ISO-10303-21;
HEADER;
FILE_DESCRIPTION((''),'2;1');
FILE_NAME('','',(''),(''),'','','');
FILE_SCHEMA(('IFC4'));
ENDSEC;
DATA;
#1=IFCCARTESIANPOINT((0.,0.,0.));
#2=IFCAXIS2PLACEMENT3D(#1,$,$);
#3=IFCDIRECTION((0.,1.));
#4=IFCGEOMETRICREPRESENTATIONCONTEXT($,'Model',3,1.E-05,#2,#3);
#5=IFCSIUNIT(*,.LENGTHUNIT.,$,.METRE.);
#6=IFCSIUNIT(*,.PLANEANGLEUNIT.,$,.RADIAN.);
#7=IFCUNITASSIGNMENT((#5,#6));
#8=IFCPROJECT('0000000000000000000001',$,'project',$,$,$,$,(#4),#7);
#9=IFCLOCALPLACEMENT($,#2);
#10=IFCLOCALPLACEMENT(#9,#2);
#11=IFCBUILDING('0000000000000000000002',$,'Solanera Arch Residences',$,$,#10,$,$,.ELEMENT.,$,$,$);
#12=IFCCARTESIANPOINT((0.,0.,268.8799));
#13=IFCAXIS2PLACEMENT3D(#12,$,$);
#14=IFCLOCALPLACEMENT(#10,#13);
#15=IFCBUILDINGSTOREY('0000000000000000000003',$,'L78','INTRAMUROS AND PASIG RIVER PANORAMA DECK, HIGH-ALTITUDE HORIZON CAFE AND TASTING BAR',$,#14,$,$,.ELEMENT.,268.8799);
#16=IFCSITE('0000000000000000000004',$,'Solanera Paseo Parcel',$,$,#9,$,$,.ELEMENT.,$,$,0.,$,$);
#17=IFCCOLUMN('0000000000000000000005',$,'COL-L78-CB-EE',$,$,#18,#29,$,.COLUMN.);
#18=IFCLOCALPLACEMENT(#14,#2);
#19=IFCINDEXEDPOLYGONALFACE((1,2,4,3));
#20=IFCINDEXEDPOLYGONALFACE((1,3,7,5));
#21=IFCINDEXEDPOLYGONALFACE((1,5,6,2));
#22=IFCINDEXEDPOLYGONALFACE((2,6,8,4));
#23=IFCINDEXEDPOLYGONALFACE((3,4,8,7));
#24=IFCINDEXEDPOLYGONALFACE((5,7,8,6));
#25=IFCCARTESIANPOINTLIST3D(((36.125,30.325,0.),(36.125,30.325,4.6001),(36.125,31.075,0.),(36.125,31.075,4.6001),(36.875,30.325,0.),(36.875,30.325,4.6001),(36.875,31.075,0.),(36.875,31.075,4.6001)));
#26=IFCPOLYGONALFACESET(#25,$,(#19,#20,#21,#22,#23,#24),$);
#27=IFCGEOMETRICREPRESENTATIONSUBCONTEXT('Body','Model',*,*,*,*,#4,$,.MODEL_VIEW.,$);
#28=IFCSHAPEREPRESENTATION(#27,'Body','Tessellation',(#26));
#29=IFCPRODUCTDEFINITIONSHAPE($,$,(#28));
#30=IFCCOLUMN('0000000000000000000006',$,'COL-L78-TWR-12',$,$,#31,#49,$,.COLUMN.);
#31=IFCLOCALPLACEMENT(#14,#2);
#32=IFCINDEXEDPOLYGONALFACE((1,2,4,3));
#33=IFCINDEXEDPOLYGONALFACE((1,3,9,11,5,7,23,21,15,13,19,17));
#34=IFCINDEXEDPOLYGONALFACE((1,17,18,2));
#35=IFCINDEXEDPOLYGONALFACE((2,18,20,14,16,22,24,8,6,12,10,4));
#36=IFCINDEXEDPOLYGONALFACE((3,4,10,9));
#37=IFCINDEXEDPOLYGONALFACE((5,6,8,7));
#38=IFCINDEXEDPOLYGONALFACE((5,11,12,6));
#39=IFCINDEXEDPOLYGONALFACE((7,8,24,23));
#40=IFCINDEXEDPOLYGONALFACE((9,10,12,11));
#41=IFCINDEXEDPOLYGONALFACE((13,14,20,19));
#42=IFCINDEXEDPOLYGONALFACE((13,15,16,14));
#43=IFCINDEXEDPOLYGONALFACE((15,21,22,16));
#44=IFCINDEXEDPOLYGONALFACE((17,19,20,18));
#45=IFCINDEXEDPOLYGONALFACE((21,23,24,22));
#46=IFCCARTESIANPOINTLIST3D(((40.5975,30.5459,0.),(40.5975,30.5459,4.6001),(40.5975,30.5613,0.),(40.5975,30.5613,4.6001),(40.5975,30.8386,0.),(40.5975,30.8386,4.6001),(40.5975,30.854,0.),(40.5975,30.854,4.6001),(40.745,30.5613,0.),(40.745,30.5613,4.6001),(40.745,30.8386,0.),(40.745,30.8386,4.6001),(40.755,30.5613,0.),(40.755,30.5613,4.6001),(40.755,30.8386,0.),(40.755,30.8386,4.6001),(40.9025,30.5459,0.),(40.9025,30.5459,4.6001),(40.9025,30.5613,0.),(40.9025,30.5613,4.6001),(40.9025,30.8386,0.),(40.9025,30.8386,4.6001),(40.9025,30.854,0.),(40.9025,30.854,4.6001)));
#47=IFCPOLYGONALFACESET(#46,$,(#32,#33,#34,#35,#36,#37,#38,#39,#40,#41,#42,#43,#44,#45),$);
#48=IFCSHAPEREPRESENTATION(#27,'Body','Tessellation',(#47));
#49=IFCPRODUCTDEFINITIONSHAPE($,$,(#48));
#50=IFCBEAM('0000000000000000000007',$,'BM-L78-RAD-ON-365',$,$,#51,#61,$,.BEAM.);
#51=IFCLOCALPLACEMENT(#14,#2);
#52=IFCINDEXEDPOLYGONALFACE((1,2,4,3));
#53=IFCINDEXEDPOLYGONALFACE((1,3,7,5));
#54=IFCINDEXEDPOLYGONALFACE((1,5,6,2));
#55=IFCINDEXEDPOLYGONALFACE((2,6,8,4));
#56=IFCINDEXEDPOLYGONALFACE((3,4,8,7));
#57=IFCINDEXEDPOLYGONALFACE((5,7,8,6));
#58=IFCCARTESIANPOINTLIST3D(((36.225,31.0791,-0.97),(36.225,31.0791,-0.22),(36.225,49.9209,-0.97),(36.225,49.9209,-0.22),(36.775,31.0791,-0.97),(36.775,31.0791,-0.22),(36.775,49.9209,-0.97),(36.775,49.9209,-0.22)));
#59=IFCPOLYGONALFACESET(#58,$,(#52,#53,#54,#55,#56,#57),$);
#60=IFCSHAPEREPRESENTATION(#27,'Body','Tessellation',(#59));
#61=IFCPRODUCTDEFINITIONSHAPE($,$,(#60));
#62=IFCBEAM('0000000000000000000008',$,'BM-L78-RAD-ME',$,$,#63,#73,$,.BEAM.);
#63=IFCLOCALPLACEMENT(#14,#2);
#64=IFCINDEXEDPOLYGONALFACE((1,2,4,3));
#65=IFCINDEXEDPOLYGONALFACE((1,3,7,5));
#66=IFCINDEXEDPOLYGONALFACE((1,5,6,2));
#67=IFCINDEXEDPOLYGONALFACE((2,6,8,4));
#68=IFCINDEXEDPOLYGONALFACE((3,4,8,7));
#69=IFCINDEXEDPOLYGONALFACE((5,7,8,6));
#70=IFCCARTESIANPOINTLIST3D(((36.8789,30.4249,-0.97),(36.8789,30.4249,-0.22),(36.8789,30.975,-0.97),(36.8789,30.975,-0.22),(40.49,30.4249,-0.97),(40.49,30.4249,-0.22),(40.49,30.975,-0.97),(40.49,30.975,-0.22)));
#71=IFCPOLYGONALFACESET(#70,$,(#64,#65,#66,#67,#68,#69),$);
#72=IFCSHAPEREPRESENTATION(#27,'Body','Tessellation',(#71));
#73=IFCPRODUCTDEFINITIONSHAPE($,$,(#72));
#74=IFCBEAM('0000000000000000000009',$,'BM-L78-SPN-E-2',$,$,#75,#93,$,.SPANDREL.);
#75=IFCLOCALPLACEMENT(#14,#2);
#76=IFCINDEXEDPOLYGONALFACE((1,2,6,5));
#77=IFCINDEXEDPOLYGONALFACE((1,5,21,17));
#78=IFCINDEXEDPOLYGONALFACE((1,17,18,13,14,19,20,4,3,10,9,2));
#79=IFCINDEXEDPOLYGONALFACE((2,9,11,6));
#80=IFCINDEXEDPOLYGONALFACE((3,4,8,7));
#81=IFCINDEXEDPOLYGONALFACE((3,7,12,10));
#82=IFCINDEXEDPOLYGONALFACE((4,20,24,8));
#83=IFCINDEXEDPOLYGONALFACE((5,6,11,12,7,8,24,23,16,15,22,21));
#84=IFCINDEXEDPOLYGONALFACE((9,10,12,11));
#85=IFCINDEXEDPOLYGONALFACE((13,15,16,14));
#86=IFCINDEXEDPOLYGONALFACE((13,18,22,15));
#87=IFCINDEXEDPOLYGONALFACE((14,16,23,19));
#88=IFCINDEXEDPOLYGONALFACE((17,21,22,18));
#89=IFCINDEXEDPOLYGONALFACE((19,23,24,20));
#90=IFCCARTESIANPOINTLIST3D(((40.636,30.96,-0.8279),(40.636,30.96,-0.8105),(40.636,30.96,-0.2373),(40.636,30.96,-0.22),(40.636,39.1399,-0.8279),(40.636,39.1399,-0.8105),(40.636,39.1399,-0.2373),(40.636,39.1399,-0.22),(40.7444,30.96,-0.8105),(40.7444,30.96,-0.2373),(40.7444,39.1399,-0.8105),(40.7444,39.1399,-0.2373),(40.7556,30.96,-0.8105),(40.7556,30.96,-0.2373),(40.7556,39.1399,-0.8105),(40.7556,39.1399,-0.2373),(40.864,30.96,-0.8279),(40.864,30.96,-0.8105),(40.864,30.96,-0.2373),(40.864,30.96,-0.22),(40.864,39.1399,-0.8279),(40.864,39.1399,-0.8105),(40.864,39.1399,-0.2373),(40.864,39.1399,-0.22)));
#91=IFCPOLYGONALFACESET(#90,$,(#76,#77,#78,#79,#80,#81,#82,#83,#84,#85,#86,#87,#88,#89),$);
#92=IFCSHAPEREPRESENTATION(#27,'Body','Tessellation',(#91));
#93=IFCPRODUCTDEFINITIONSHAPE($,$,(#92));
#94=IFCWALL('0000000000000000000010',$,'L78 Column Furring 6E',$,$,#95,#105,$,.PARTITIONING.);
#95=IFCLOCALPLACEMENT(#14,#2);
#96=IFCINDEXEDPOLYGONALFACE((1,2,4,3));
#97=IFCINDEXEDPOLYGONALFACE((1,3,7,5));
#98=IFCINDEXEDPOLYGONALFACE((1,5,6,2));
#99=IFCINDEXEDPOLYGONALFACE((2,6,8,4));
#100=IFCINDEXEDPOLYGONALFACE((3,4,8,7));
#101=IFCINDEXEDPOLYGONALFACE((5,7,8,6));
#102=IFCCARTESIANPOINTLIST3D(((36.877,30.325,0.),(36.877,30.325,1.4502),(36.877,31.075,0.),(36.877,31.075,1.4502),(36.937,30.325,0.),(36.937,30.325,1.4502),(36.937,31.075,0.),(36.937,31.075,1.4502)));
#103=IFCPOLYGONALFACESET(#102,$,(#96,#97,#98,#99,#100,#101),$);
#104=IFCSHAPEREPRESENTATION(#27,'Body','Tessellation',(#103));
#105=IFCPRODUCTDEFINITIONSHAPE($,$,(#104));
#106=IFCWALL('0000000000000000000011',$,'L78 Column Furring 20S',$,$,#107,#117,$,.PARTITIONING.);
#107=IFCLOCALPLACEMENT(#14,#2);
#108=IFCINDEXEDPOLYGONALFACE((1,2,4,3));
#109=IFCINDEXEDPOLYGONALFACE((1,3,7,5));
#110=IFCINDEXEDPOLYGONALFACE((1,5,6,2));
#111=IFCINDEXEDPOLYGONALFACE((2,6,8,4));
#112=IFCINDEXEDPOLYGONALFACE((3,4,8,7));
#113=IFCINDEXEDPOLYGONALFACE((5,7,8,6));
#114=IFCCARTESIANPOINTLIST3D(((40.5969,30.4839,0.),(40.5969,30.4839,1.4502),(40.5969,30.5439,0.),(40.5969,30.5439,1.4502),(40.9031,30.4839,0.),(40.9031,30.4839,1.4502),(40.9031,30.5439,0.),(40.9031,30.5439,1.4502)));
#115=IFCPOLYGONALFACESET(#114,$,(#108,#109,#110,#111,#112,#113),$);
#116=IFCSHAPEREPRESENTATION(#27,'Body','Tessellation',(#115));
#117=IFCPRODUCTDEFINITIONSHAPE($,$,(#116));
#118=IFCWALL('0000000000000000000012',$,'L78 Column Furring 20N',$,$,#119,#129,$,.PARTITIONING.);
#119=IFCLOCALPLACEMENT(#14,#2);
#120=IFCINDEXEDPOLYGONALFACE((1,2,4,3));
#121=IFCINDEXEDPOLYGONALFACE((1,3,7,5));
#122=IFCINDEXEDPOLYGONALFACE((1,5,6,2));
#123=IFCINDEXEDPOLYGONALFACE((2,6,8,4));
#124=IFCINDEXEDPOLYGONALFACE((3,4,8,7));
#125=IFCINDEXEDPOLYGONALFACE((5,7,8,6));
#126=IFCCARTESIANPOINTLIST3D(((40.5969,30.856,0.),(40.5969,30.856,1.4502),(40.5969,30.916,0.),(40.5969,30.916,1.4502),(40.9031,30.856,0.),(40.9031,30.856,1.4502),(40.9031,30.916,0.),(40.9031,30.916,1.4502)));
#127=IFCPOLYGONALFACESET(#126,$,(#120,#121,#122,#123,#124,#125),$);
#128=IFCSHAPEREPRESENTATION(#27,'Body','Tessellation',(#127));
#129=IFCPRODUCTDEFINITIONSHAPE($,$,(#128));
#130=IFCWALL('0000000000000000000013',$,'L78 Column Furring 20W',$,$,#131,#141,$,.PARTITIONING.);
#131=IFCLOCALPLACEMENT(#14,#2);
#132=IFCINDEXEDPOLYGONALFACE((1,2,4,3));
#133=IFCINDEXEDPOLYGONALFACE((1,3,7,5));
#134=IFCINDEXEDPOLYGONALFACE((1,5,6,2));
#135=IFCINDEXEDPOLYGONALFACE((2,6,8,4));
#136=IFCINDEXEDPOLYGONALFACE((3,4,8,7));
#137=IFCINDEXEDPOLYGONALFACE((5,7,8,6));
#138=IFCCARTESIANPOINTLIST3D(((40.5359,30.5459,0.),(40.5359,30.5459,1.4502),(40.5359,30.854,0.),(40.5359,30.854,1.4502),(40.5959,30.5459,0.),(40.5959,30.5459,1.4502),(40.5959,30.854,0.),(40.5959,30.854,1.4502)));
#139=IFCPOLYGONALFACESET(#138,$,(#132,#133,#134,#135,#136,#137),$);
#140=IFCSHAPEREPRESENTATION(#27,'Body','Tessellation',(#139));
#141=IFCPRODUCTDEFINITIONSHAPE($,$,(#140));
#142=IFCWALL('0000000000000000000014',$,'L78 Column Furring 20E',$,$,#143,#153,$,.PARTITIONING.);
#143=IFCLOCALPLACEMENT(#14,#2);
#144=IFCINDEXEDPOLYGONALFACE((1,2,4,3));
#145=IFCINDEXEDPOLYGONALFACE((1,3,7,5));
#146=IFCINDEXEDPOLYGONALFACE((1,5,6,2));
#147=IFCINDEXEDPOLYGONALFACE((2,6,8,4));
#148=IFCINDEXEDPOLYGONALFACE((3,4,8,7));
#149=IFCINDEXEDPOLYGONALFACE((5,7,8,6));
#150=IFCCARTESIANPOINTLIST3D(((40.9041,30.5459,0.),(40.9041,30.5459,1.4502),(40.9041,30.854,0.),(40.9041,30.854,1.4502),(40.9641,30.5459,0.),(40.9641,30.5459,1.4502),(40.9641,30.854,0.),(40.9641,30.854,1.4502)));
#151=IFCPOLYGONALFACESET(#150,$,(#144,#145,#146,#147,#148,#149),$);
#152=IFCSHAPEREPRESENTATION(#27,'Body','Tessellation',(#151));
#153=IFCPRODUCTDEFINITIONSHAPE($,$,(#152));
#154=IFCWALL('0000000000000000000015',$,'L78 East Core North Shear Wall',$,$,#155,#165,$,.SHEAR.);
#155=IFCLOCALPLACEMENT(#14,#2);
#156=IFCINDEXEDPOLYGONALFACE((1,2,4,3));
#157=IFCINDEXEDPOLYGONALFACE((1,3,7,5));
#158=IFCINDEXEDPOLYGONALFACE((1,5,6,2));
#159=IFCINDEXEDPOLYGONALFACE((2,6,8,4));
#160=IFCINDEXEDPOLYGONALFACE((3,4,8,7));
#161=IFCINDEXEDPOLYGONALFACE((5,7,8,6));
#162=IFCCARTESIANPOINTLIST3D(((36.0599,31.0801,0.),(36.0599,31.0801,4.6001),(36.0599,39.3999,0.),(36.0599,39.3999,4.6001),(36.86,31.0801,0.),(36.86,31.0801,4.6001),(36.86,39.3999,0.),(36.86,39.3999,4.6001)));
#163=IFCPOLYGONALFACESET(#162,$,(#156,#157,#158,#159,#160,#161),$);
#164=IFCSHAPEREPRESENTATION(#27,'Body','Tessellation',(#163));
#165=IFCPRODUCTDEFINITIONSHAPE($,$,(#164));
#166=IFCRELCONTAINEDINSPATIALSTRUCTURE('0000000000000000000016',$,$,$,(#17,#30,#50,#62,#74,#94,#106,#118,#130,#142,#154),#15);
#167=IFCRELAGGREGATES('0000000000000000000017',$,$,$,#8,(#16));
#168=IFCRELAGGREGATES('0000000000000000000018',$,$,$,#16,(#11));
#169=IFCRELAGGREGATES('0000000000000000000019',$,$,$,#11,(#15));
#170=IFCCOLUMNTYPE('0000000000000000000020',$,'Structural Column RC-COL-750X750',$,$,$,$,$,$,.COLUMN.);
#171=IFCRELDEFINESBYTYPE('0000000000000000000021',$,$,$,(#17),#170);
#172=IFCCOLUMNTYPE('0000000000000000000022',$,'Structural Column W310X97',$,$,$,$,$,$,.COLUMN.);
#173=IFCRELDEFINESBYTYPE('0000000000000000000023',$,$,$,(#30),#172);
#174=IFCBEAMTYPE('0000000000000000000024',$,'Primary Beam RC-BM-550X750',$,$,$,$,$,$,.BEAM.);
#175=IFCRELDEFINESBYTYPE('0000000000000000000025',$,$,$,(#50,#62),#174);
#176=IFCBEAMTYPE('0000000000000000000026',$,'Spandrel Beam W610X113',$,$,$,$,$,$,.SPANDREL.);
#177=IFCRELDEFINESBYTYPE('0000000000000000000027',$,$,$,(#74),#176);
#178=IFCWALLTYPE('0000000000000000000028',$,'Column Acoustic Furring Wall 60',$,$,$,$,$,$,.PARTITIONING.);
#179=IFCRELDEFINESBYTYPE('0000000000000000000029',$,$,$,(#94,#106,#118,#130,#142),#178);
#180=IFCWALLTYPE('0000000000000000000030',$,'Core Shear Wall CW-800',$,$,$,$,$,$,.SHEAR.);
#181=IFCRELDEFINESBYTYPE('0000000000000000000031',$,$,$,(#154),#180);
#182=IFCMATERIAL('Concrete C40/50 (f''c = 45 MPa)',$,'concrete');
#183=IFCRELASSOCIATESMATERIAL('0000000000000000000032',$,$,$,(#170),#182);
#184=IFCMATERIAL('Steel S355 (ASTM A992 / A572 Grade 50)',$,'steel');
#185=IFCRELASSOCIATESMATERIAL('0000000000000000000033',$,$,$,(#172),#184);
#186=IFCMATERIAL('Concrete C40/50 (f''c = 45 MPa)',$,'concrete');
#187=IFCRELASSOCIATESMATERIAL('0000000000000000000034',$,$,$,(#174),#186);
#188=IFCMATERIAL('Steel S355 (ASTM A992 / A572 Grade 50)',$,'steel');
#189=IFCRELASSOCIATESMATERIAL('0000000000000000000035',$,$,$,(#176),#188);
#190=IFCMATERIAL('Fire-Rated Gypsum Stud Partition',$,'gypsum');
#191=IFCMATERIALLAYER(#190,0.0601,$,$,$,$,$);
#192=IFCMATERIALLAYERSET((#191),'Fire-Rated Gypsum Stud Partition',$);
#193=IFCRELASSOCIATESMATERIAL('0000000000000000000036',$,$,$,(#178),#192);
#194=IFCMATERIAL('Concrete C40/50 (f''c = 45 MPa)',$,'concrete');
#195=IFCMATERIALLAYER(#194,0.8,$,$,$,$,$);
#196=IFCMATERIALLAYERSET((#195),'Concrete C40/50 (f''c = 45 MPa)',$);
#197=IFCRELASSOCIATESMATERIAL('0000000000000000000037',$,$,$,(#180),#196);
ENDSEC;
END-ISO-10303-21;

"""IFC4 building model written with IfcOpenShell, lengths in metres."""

from ifc_helpers import new_model, si_unit, direction, frame, frame_2d, origin, origin_2d, place, context, subcontext, project, spatial, rectangle, i_section, extrude, material, layer, layer_set, material_profile, profile_set, type_object, element, save


model = new_model("IFC4")

# Units and contexts
model_context = context("Model", 3, precision=1e-05, world=origin(), true_north=direction((0.0, 1.0)))
body_context = subcontext(model_context, "Body", "Model", "MODEL_VIEW")
ifc_project = project(units=[si_unit("LENGTHUNIT", "METRE"), si_unit("PLANEANGLEUNIT", "RADIAN")], contexts=[model_context])

# Site, building, storey
site_placement = place(None, origin())
site = spatial("IfcSite", under=ifc_project, at=site_placement, Name="Solanera Paseo Parcel", CompositionType="ELEMENT", RefElevation=0.0)
building_placement = place(site_placement, origin())
building = spatial("IfcBuilding", under=site, at=building_placement, Name="Solanera Arch Residences", CompositionType="ELEMENT")
storey_placement = place(building_placement, frame((0.0, 0.0, 268.8799)))
storey = spatial("IfcBuildingStorey", under=building, at=storey_placement, Name="L78", Description="INTRAMUROS AND PASIG RIVER PANORAMA DECK, HIGH-ALTITUDE HORIZON CAFE AND TASTING BAR", CompositionType="ELEMENT", Elevation=268.8799)

# Columns
ifc_material_1 = material(Name="Concrete C40/50 (f'c = 45 MPa)", Category="concrete")
ifc_material_profile_1 = material_profile(ifc_material_1, rectangle(XDim=0.75, YDim=0.75, at=origin_2d()))
ifc_profile_set_1 = profile_set([ifc_material_profile_1], Name="Concrete C40/50 (f'c = 45 MPa)")
column_type_1 = type_object("IfcColumnType", Name="Structural Column RC-COL-750X750", PredefinedType="COLUMN", material=ifc_profile_set_1)
column_1_placement = place(storey_placement, frame((36.5, 30.7, 0.0), z_axis=(0.0, 0.0, 1.0), x_axis=(1.0, 0.0, 0.0)))
element("IfcColumn", 1, at=column_1_placement, inside=storey, type_object=column_type_1, Name="COL-L78-CB-EE", PredefinedType="COLUMN", context=body_context, shape_type="SweptSolid", body=[
    extrude(rectangle(XDim=0.75, YDim=0.75, at=origin_2d()), origin(), (0.0, 0.0, 1.0), 4.6001),
])
ifc_material_2 = material(Name="Steel S355 (ASTM A992 / A572 Grade 50)", Category="steel")
ifc_material_profile_2 = material_profile(ifc_material_2, i_section(OverallWidth=0.3049, OverallDepth=0.3081, WebThickness=0.01, FlangeThickness=0.0154, at=origin_2d()))
ifc_profile_set_2 = profile_set([ifc_material_profile_2], Name="Steel S355 (ASTM A992 / A572 Grade 50)")
column_type_2 = type_object("IfcColumnType", Name="Structural Column W310X97", PredefinedType="COLUMN", material=ifc_profile_set_2)
column_2_placement = place(storey_placement, frame((40.75, 30.7, 0.0), z_axis=(0.0, 0.0, 1.0), x_axis=(1.0, 0.0, 0.0)))
element("IfcColumn", 2, at=column_2_placement, inside=storey, type_object=column_type_2, Name="COL-L78-TWR-12", PredefinedType="COLUMN", context=body_context, shape_type="SweptSolid", body=[
    extrude(i_section(OverallWidth=0.3049, OverallDepth=0.3081, WebThickness=0.01, FlangeThickness=0.0154, at=origin_2d()), origin(), (0.0, 0.0, 1.0), 4.6001),
])

# Beams
ifc_material_3 = material(Name="Concrete C40/50 (f'c = 45 MPa)", Category="concrete")
ifc_material_profile_3 = material_profile(ifc_material_3, rectangle(XDim=0.55, YDim=0.75, at=origin_2d()))
ifc_profile_set_3 = profile_set([ifc_material_profile_3], Name="Concrete C40/50 (f'c = 45 MPa)")
beam_type_1 = type_object("IfcBeamType", Name="Primary Beam RC-BM-550X750", PredefinedType="BEAM", material=ifc_profile_set_3)
beam_1_placement = place(storey_placement, frame((36.5, 31.0791, -0.595), z_axis=(0.0, 1.0, 0.0), x_axis=(-1.0, 0.0, 0.0)))
element("IfcBeam", 3, at=beam_1_placement, inside=storey, type_object=beam_type_1, Name="BM-L78-RAD-ON-365", PredefinedType="BEAM", context=body_context, shape_type="SweptSolid", body=[
    extrude(rectangle(XDim=0.55, YDim=0.75, at=origin_2d()), origin(), (0.0, 0.0, 1.0), 18.8418),
])
beam_2_placement = place(storey_placement, frame((36.8789, 30.7, -0.595), z_axis=(1.0, 0.0, 0.0), x_axis=(0.0, 1.0, 0.0)))
element("IfcBeam", 4, at=beam_2_placement, inside=storey, type_object=beam_type_1, Name="BM-L78-RAD-ME", PredefinedType="BEAM", context=body_context, shape_type="SweptSolid", body=[
    extrude(rectangle(XDim=0.55, YDim=0.75, at=origin_2d()), origin(), (0.0, 0.0, 1.0), 3.6111),
])
ifc_material_4 = material(Name="Steel S355 (ASTM A992 / A572 Grade 50)", Category="steel")
ifc_material_profile_4 = material_profile(ifc_material_4, i_section(OverallWidth=0.228, OverallDepth=0.6079, WebThickness=0.0112, FlangeThickness=0.0173, at=origin_2d()))
ifc_profile_set_4 = profile_set([ifc_material_profile_4], Name="Steel S355 (ASTM A992 / A572 Grade 50)")
beam_type_2 = type_object("IfcBeamType", Name="Spandrel Beam W610X113", PredefinedType="SPANDREL", material=ifc_profile_set_4)
beam_3_placement = place(storey_placement, frame((40.75, 30.96, -0.5239), z_axis=(0.0, 1.0, 0.0), x_axis=(-1.0, 0.0, 0.0)))
element("IfcBeam", 5, at=beam_3_placement, inside=storey, type_object=beam_type_2, Name="BM-L78-SPN-E-2", PredefinedType="SPANDREL", context=body_context, shape_type="SweptSolid", body=[
    extrude(i_section(OverallWidth=0.228, OverallDepth=0.6079, WebThickness=0.0112, FlangeThickness=0.0173, at=origin_2d()), origin(), (0.0, 0.0, 1.0), 8.1799),
])

# Walls
ifc_material_5 = material(Name="Fire-Rated Gypsum Stud Partition", Category="gypsum")
ifc_layer_1 = layer(ifc_material_5, 0.0601)
ifc_layer_set_1 = layer_set([ifc_layer_1], Name="Fire-Rated Gypsum Stud Partition")
wall_type_1 = type_object("IfcWallType", Name="Column Acoustic Furring Wall 60", PredefinedType="PARTITIONING", material=ifc_layer_set_1)
wall_1_placement = place(storey_placement, frame((36.907, 30.325, 0.0), z_axis=(0.0, 0.0, 1.0), x_axis=(0.0, 1.0, 0.0)))
element("IfcWall", 6, at=wall_1_placement, inside=storey, type_object=wall_type_1, Name="L78 Column Furring 6E", PredefinedType="PARTITIONING", context=body_context, shape_type="SweptSolid", body=[
    extrude(rectangle(XDim=0.75, YDim=0.0601, at=frame_2d((0.375, 0.0))), origin(), (0.0, 0.0, 1.0), 1.4502),
])
for number, where, z_axis, x_axis, name in (
    (7, (40.5969, 30.5139, 0.0), (0.0, 0.0, 1.0), (1.0, 0.0, 0.0), "L78 Column Furring 20S"),
    (8, (40.5969, 30.886, 0.0), (0.0, 0.0, 1.0), (1.0, 0.0, 0.0), "L78 Column Furring 20N"),
):
    element("IfcWall", number, at=place(storey_placement, frame(where, z_axis=z_axis, x_axis=x_axis)), inside=storey, type_object=wall_type_1, Name=name, PredefinedType="PARTITIONING", context=body_context, shape_type="SweptSolid", body=[
        extrude(rectangle(XDim=0.3062, YDim=0.0601, at=frame_2d((0.1531, 0.0))), origin(), (0.0, 0.0, 1.0), 1.4502),
    ])
for number, where, z_axis, x_axis, name in (
    (9, (40.5659, 30.5459, 0.0), (0.0, 0.0, 1.0), (0.0, 1.0, 0.0), "L78 Column Furring 20W"),
    (10, (40.9341, 30.5459, 0.0), (0.0, 0.0, 1.0), (0.0, 1.0, 0.0), "L78 Column Furring 20E"),
):
    element("IfcWall", number, at=place(storey_placement, frame(where, z_axis=z_axis, x_axis=x_axis)), inside=storey, type_object=wall_type_1, Name=name, PredefinedType="PARTITIONING", context=body_context, shape_type="SweptSolid", body=[
        extrude(rectangle(XDim=0.3081, YDim=0.0601, at=frame_2d((0.1541, 0.0))), origin(), (0.0, 0.0, 1.0), 1.4502),
    ])
ifc_material_6 = material(Name="Concrete C40/50 (f'c = 45 MPa)", Category="concrete")
ifc_layer_2 = layer(ifc_material_6, 0.8)
ifc_layer_set_2 = layer_set([ifc_layer_2], Name="Concrete C40/50 (f'c = 45 MPa)")
wall_type_2 = type_object("IfcWallType", Name="Core Shear Wall CW-800", PredefinedType="SHEAR", material=ifc_layer_set_2)
wall_2_placement = place(storey_placement, frame((36.46, 31.0801, 0.0), z_axis=(0.0, 0.0, 1.0), x_axis=(0.0, 1.0, 0.0)))
element("IfcWall", 11, at=wall_2_placement, inside=storey, type_object=wall_type_2, Name="L78 East Core North Shear Wall", PredefinedType="SHEAR", context=body_context, shape_type="SweptSolid", body=[
    extrude(rectangle(XDim=8.3198, YDim=0.8, at=frame_2d((4.1599, 0.0))), origin(), (0.0, 0.0, 1.0), 4.6001),
])

save(model, "model.ifc")
